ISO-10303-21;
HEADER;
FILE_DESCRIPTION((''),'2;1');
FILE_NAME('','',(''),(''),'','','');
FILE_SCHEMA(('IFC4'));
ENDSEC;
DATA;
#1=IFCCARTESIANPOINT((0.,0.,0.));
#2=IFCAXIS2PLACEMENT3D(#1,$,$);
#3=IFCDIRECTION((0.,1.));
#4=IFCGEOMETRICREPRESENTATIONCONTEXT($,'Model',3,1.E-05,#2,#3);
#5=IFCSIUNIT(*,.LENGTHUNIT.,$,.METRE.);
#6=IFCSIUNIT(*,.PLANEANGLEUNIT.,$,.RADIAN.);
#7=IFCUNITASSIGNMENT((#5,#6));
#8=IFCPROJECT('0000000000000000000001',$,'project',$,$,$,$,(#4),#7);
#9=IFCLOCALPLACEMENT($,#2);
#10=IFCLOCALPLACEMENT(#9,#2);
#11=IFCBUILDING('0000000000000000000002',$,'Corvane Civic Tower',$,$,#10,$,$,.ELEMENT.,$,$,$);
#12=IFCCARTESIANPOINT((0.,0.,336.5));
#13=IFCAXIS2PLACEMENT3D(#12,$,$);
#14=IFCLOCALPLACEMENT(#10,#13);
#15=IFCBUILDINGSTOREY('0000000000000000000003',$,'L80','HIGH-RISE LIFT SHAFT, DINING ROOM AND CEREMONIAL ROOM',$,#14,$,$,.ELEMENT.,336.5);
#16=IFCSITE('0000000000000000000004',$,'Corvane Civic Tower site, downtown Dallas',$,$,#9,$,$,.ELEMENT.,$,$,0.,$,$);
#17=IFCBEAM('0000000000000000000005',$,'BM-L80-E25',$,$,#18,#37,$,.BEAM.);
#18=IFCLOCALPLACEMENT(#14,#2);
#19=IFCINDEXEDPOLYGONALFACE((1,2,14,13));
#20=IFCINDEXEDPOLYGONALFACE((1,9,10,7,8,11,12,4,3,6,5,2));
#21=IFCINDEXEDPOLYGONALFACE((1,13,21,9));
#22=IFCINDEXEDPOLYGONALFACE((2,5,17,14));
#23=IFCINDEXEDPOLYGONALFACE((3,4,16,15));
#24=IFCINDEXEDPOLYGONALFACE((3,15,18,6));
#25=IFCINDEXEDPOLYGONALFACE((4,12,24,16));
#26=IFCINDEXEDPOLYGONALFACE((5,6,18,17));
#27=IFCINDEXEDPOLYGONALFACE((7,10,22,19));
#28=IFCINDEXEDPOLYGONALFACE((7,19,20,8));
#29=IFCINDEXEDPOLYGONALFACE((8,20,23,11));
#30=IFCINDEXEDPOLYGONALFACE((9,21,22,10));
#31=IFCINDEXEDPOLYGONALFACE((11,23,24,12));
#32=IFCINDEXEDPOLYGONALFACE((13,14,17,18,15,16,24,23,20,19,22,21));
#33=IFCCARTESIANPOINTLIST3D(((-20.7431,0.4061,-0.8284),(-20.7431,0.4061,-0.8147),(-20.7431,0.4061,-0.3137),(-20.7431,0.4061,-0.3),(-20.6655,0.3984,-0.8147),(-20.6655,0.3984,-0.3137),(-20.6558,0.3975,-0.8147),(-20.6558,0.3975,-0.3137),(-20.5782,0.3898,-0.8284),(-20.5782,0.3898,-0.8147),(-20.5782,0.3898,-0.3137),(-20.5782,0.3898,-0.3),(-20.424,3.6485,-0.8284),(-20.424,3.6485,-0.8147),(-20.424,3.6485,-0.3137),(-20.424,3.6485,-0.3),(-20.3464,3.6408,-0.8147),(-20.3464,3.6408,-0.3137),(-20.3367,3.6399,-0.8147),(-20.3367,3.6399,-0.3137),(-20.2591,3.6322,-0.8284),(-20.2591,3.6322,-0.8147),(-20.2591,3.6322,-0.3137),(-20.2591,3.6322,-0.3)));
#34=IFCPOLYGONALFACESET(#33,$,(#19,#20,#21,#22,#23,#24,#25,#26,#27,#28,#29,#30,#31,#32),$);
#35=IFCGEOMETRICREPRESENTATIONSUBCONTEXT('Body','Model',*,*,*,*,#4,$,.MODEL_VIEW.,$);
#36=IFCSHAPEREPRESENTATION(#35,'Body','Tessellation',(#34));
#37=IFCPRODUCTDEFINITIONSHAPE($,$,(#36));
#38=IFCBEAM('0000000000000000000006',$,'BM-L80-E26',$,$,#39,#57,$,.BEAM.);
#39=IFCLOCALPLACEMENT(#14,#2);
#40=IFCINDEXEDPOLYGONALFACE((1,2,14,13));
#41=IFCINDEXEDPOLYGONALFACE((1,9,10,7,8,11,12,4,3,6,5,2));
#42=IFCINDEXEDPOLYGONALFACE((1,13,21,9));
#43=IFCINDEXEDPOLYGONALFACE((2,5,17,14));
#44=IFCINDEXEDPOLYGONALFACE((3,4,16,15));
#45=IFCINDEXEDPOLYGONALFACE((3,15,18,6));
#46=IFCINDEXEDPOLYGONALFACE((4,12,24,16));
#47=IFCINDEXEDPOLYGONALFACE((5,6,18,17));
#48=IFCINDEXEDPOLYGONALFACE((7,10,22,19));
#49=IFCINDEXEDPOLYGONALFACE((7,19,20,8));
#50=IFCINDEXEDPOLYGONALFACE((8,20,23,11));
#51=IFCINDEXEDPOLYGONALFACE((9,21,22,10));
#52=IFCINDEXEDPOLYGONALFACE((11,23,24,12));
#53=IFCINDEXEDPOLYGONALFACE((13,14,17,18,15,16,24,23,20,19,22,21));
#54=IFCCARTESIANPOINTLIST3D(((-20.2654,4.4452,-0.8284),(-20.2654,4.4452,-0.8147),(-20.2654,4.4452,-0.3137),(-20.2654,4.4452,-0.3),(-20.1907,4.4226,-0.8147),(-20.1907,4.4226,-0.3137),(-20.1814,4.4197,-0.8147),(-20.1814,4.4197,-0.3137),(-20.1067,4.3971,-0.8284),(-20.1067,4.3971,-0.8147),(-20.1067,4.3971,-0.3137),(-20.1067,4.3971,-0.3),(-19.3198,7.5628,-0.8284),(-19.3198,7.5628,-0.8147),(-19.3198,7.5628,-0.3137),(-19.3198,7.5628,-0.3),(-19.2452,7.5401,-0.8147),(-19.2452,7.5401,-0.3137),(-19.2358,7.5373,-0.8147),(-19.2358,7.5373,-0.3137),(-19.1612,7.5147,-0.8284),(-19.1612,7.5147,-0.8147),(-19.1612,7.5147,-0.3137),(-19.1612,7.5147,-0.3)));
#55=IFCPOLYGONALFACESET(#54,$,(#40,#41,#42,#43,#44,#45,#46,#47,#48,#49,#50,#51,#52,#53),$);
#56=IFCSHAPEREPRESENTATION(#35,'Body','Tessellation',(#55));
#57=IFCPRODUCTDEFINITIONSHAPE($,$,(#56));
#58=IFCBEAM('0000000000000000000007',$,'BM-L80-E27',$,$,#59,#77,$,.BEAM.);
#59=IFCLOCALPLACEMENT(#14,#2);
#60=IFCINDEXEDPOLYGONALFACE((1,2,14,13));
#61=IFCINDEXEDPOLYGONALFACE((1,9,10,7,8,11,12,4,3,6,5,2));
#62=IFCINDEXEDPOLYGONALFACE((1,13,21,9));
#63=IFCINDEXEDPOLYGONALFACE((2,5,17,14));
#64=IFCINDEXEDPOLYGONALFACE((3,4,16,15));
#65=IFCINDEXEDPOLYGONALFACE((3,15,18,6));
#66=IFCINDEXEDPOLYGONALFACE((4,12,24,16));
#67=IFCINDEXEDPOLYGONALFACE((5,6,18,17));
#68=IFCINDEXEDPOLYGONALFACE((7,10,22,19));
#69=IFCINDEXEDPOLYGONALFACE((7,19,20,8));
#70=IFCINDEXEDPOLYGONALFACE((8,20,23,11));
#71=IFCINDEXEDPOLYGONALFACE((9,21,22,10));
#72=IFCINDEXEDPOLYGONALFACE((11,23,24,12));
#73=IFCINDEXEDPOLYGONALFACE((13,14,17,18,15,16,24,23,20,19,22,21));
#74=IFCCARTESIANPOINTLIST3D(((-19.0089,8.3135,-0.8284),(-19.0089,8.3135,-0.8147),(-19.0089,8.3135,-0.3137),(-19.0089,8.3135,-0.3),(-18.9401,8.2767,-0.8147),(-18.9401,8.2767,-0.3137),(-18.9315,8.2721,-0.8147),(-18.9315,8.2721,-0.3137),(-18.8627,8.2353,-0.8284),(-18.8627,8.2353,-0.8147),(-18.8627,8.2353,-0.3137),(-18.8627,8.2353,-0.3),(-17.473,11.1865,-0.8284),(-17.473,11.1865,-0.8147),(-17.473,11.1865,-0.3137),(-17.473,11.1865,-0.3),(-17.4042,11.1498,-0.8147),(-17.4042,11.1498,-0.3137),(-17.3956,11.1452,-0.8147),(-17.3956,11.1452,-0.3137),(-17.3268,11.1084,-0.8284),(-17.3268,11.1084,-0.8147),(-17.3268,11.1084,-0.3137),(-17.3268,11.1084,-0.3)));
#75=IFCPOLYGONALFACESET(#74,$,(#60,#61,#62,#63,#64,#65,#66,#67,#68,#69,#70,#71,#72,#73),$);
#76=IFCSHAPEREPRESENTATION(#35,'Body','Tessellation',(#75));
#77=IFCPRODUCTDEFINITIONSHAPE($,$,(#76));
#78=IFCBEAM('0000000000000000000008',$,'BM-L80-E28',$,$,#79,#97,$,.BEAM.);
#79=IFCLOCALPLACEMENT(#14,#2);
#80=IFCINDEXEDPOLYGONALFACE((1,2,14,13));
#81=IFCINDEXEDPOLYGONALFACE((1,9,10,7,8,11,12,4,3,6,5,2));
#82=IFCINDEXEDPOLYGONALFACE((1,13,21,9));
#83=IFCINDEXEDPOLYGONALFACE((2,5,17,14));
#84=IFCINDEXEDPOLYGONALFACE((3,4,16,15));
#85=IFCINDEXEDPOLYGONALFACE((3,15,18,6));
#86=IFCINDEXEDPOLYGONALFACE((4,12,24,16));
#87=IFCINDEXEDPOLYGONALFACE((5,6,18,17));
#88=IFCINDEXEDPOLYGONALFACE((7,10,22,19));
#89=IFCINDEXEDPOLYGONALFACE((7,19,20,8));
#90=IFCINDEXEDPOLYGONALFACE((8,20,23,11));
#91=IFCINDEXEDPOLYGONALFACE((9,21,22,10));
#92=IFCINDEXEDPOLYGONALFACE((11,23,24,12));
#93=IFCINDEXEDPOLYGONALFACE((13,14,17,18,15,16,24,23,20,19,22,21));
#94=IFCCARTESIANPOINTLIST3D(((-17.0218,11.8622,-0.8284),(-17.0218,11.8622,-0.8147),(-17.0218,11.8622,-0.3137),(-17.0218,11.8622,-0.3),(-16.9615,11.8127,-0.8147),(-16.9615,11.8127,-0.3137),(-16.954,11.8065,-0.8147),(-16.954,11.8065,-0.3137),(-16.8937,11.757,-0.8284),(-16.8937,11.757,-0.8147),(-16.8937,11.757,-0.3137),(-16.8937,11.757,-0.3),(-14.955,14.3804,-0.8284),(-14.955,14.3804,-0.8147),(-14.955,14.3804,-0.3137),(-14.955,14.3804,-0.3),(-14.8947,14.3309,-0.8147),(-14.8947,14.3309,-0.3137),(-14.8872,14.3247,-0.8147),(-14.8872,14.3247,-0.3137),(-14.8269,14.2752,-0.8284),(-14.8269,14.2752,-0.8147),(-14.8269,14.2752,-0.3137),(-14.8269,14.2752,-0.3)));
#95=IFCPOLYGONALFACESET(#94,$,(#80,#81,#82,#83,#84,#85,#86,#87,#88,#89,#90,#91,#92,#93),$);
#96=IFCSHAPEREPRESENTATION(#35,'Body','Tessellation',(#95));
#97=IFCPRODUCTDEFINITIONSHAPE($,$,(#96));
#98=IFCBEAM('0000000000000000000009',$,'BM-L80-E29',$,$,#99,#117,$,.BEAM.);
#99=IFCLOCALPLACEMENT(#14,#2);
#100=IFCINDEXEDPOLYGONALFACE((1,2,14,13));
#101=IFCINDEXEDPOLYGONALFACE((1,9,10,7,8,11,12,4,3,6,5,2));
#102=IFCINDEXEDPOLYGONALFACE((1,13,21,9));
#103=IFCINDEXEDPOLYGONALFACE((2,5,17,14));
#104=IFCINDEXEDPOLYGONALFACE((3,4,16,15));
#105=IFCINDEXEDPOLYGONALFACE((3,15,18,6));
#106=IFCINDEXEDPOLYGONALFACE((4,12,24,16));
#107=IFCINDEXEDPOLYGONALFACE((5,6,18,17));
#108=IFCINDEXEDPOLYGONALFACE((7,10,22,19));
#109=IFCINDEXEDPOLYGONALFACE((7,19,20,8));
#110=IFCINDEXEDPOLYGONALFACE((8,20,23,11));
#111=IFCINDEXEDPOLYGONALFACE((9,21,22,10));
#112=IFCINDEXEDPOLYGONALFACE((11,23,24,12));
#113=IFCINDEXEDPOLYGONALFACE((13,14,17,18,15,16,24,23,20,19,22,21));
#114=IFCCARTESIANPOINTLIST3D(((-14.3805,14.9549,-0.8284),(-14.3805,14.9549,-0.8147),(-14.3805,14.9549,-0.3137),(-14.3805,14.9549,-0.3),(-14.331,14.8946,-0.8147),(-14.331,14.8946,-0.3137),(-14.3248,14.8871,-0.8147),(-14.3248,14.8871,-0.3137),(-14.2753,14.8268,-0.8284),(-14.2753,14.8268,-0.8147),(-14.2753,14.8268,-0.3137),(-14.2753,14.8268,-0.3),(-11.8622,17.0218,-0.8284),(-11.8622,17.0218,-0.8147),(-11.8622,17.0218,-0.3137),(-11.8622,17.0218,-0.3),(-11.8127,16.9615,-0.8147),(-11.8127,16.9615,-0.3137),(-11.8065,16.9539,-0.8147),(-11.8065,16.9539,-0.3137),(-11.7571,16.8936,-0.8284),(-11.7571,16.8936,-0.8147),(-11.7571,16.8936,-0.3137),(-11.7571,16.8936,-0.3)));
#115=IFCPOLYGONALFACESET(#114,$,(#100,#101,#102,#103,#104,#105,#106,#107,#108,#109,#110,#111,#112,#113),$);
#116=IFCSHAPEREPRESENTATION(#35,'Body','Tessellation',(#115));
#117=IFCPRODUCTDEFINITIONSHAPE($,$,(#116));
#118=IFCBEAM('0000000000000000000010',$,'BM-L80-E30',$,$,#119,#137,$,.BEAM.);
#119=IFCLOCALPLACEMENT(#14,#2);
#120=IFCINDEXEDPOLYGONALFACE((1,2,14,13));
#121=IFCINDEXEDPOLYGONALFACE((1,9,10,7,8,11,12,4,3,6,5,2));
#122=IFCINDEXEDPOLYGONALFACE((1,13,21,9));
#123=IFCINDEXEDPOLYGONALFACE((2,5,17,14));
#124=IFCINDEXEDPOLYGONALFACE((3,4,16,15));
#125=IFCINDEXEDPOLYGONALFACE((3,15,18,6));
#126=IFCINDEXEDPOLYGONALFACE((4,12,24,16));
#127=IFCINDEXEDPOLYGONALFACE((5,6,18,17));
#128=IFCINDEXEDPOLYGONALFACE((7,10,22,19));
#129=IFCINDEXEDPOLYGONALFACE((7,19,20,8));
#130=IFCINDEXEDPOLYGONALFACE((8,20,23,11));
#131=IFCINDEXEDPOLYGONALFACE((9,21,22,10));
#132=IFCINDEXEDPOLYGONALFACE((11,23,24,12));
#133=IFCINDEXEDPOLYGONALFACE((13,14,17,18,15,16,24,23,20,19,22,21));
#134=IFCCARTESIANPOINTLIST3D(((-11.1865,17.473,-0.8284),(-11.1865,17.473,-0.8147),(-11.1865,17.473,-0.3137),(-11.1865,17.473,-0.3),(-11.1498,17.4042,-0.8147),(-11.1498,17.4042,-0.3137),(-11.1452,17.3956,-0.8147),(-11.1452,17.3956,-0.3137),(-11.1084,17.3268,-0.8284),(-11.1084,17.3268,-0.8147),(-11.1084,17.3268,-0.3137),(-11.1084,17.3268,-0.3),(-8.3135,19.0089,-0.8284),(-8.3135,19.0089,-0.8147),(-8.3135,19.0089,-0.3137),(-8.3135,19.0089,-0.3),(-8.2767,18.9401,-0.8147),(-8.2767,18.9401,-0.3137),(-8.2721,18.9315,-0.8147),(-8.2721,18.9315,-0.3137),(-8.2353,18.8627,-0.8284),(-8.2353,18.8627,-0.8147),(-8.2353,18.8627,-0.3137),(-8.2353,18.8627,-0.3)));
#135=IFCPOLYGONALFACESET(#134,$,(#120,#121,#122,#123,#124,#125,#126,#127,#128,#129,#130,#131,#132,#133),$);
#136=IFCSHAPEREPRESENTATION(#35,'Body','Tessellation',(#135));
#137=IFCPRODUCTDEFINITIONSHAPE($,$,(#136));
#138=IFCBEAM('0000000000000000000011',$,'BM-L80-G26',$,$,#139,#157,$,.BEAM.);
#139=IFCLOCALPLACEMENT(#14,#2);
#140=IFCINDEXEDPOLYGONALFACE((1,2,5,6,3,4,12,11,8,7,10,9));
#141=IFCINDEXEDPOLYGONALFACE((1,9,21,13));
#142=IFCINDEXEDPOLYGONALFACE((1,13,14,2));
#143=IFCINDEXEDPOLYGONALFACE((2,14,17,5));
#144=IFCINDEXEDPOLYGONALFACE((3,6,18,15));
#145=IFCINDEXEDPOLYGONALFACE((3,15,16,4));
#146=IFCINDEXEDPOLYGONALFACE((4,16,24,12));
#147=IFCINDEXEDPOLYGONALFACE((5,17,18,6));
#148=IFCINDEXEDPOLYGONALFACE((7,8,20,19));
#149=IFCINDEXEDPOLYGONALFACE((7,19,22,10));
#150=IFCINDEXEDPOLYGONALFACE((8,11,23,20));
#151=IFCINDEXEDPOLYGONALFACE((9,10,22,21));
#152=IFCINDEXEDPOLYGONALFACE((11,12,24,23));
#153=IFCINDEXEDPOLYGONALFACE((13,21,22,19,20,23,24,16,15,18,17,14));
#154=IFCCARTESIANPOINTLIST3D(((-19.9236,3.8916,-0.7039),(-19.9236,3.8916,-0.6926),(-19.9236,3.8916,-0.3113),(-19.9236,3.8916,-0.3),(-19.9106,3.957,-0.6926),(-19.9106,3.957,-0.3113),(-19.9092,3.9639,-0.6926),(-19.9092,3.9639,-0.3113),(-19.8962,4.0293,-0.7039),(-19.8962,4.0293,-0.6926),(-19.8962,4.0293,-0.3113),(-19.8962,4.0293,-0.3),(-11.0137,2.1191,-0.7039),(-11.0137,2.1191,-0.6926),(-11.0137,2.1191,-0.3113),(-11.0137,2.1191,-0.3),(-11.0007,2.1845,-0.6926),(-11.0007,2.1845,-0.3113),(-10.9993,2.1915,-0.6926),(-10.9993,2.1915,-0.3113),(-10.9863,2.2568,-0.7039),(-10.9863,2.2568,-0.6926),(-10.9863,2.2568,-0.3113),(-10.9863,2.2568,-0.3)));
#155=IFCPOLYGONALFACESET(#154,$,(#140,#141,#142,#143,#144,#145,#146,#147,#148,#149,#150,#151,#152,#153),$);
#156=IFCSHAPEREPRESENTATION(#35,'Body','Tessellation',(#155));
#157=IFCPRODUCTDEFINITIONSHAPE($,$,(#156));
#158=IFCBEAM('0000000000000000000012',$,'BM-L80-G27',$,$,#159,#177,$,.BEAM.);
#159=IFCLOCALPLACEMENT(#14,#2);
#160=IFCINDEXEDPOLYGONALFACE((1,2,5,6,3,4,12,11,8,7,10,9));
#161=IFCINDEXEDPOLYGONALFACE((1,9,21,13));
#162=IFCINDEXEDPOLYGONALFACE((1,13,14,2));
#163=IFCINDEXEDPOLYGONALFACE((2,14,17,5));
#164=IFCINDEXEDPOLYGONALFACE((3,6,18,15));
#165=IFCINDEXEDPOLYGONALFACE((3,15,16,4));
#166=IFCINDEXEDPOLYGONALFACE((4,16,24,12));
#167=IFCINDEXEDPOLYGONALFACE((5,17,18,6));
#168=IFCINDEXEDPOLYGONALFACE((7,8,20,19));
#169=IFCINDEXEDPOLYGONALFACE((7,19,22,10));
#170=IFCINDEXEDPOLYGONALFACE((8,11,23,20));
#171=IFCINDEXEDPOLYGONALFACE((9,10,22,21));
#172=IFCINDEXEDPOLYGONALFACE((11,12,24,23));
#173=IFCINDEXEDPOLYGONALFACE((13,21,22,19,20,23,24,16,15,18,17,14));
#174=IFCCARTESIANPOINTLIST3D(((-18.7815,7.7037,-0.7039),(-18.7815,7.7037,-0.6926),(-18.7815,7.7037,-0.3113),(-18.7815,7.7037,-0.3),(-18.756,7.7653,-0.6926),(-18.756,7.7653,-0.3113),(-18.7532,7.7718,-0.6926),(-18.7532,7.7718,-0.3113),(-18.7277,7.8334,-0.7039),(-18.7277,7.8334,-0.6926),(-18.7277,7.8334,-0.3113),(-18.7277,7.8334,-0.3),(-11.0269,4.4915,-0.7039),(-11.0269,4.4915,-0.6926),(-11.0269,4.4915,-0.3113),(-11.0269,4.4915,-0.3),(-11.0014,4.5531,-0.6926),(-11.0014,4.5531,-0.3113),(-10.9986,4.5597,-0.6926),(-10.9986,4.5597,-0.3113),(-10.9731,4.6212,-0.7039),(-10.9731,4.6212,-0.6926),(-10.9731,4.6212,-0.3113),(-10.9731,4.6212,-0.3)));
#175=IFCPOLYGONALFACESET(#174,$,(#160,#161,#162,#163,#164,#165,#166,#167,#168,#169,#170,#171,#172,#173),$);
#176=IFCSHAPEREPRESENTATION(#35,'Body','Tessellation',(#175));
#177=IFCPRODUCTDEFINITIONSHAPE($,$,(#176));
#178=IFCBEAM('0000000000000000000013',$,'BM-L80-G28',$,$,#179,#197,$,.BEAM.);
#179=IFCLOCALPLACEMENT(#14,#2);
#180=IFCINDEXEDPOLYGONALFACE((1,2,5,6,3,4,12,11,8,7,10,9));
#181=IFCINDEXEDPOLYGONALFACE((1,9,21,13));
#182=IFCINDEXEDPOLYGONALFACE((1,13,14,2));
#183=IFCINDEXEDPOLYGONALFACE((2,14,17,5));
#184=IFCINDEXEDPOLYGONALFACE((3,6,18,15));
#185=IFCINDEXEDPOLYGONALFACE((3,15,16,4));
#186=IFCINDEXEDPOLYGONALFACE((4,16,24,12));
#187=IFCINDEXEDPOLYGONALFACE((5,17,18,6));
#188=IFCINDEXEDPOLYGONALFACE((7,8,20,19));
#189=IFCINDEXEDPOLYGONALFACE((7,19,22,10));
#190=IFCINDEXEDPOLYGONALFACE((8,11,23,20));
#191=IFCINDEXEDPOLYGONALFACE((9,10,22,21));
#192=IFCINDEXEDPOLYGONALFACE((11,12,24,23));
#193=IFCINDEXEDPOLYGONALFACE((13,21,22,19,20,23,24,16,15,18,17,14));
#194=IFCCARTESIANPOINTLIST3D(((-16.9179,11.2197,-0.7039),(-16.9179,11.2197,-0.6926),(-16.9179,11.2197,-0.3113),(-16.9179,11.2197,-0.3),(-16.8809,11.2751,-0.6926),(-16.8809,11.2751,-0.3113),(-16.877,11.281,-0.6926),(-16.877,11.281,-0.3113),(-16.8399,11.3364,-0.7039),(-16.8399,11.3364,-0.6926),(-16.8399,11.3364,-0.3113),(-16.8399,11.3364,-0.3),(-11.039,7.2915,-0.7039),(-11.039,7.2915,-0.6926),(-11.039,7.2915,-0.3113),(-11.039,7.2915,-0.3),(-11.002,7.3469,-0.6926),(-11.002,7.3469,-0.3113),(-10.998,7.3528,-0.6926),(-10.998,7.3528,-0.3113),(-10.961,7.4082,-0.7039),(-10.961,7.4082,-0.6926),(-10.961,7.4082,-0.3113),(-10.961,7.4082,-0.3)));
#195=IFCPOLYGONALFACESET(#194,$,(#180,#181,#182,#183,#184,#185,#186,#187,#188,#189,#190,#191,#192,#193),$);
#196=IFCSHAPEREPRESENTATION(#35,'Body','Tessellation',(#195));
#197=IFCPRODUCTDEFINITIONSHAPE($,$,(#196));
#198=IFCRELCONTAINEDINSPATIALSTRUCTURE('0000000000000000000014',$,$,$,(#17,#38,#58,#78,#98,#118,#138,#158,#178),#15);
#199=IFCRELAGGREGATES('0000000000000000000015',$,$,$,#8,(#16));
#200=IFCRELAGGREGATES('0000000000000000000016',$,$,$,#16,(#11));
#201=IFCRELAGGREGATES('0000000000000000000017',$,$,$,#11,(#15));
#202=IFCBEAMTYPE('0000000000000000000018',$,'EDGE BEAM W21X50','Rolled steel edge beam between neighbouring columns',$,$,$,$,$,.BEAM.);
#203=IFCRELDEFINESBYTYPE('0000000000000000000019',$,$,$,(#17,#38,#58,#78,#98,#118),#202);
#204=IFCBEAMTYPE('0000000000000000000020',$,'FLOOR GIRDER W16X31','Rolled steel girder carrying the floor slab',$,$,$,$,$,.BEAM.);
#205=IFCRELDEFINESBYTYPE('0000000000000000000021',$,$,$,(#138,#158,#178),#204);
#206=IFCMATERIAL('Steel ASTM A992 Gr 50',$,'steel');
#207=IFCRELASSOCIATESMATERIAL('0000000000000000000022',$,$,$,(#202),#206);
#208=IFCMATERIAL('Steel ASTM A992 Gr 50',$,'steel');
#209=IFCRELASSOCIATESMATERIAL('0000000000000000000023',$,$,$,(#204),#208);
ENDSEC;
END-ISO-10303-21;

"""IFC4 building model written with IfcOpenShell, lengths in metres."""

from ifc_helpers import new_model, si_unit, direction, frame, origin, origin_2d, place, context, subcontext, project, spatial, i_section, extrude, material, material_profile, profile_set, type_object, element, save


model = new_model("IFC4")

# Units and contexts
model_context = context("Model", 3, precision=1e-05, world=origin(), true_north=direction((0.0, 1.0)))
body_context = subcontext(model_context, "Body", "Model", "MODEL_VIEW")
ifc_project = project(units=[si_unit("LENGTHUNIT", "METRE"), si_unit("PLANEANGLEUNIT", "RADIAN")], contexts=[model_context])

# Site, building, storey
site_placement = place(None, origin())
site = spatial("IfcSite", under=ifc_project, at=site_placement, Name="Corvane Civic Tower site, downtown Dallas", CompositionType="ELEMENT", RefElevation=0.0)
building_placement = place(site_placement, origin())
building = spatial("IfcBuilding", under=site, at=building_placement, Name="Corvane Civic Tower", CompositionType="ELEMENT")
storey_placement = place(building_placement, frame((0.0, 0.0, 336.5)))
storey = spatial("IfcBuildingStorey", under=building, at=storey_placement, Name="L80", Description="HIGH-RISE LIFT SHAFT, DINING ROOM AND CEREMONIAL ROOM", CompositionType="ELEMENT", Elevation=336.5)

# Beams
ifc_material_1 = material(Name="Steel ASTM A992 Gr 50", Category="steel")
ifc_material_profile_1 = material_profile(ifc_material_1, i_section(OverallWidth=0.1658, OverallDepth=0.5283, WebThickness=0.0098, FlangeThickness=0.0137, at=origin_2d()), Name="W21X50")
ifc_profile_set_1 = profile_set([ifc_material_profile_1], Name="Steel ASTM A992 Gr 50")
beam_type_1 = type_object("IfcBeamType", Name="EDGE BEAM W21X50", Description="Rolled steel edge beam between neighbouring columns", PredefinedType="BEAM", material=ifc_profile_set_1)
beam_1_placement = place(storey_placement, frame((-20.6606, 0.3979, -0.5642), z_axis=(0.097938, 0.995193, 0.0), x_axis=(-0.995193, 0.097938, 0.0)))
element("IfcBeam", 1, at=beam_1_placement, inside=storey, type_object=beam_type_1, Name="BM-L80-E25", PredefinedType="BEAM", context=body_context, shape_type="SweptSolid", body=[
    extrude(i_section(OverallWidth=0.1658, OverallDepth=0.5283, WebThickness=0.0098, FlangeThickness=0.0137, at=origin_2d()), origin(), (0.0, 0.0, 1.0), 3.2581),
])
for number, where, z_axis, x_axis, name in (
    (2, (-20.186, 4.4211, -0.5642), (0.290234, 0.956956, 0.0), (-0.956956, 0.290234, 0.0), "BM-L80-E26"),
    (3, (-18.9358, 8.2744, -0.5642), (0.471448, 0.881894, 0.0), (-0.881894, 0.471448, 0.0), "BM-L80-E27"),
    (4, (-16.9578, 11.8096, -0.5642), (0.634425, 0.772985, 0.0), (-0.772985, 0.634425, 0.0), "BM-L80-E28"),
    (5, (-14.3279, 14.8909, -0.5642), (0.772985, 0.634425, 0.0), (-0.634425, 0.772985, 0.0), "BM-L80-E29"),
    (6, (-11.1475, 17.3999, -0.5642), (0.881894, 0.471448, 0.0), (-0.471448, 0.881894, 0.0), "BM-L80-E30"),
):
    element("IfcBeam", number, at=place(storey_placement, frame(where, z_axis=z_axis, x_axis=x_axis)), inside=storey, type_object=beam_type_1, Name=name, PredefinedType="BEAM", context=body_context, shape_type="SweptSolid", body=[
        extrude(i_section(OverallWidth=0.1658, OverallDepth=0.5283, WebThickness=0.0098, FlangeThickness=0.0137, at=origin_2d()), origin(), (0.0, 0.0, 1.0), 3.2578),
    ])
ifc_material_2 = material(Name="Steel ASTM A992 Gr 50", Category="steel")
ifc_material_profile_2 = material_profile(ifc_material_2, i_section(OverallWidth=0.1404, OverallDepth=0.4038, WebThickness=0.0071, FlangeThickness=0.0112, at=origin_2d()), Name="W16X31")
ifc_profile_set_2 = profile_set([ifc_material_profile_2], Name="Steel ASTM A992 Gr 50")
beam_type_2 = type_object("IfcBeamType", Name="FLOOR GIRDER W16X31", Description="Rolled steel girder carrying the floor slab", PredefinedType="BEAM", material=ifc_profile_set_2)
beam_2_placement = place(storey_placement, frame((-11.0, 2.188, -0.502), z_axis=(-0.980782, 0.195108, 0.0), x_axis=(-0.195108, -0.980782, 0.0)))
element("IfcBeam", 7, at=beam_2_placement, inside=storey, type_object=beam_type_2, Name="BM-L80-G26", PredefinedType="BEAM", context=body_context, shape_type="SweptSolid", body=[
    extrude(i_section(OverallWidth=0.1404, OverallDepth=0.4038, WebThickness=0.0071, FlangeThickness=0.0112, at=origin_2d()), origin(), (0.0, 0.0, 1.0), 9.0845),
])
beam_3_placement = place(storey_placement, frame((-11.0, 4.5564, -0.502), z_axis=(-0.923876, 0.382692, 0.0), x_axis=(-0.382692, -0.923876, 0.0)))
element("IfcBeam", 8, at=beam_3_placement, inside=storey, type_object=beam_type_2, Name="BM-L80-G27", PredefinedType="BEAM", context=body_context, shape_type="SweptSolid", body=[
    extrude(i_section(OverallWidth=0.1404, OverallDepth=0.4038, WebThickness=0.0071, FlangeThickness=0.0112, at=origin_2d()), origin(), (0.0, 0.0, 1.0), 8.3936),
])
beam_4_placement = place(storey_placement, frame((-11.0, 7.3499, -0.502), z_axis=(-0.831465, 0.555576, 0.0), x_axis=(-0.555576, -0.831465, 0.0)))
element("IfcBeam", 9, at=beam_4_placement, inside=storey, type_object=beam_type_2, Name="BM-L80-G28", PredefinedType="BEAM", context=body_context, shape_type="SweptSolid", body=[
    extrude(i_section(OverallWidth=0.1404, OverallDepth=0.4038, WebThickness=0.0071, FlangeThickness=0.0112, at=origin_2d()), origin(), (0.0, 0.0, 1.0), 7.0706),
])

save(model, "model.ifc")
